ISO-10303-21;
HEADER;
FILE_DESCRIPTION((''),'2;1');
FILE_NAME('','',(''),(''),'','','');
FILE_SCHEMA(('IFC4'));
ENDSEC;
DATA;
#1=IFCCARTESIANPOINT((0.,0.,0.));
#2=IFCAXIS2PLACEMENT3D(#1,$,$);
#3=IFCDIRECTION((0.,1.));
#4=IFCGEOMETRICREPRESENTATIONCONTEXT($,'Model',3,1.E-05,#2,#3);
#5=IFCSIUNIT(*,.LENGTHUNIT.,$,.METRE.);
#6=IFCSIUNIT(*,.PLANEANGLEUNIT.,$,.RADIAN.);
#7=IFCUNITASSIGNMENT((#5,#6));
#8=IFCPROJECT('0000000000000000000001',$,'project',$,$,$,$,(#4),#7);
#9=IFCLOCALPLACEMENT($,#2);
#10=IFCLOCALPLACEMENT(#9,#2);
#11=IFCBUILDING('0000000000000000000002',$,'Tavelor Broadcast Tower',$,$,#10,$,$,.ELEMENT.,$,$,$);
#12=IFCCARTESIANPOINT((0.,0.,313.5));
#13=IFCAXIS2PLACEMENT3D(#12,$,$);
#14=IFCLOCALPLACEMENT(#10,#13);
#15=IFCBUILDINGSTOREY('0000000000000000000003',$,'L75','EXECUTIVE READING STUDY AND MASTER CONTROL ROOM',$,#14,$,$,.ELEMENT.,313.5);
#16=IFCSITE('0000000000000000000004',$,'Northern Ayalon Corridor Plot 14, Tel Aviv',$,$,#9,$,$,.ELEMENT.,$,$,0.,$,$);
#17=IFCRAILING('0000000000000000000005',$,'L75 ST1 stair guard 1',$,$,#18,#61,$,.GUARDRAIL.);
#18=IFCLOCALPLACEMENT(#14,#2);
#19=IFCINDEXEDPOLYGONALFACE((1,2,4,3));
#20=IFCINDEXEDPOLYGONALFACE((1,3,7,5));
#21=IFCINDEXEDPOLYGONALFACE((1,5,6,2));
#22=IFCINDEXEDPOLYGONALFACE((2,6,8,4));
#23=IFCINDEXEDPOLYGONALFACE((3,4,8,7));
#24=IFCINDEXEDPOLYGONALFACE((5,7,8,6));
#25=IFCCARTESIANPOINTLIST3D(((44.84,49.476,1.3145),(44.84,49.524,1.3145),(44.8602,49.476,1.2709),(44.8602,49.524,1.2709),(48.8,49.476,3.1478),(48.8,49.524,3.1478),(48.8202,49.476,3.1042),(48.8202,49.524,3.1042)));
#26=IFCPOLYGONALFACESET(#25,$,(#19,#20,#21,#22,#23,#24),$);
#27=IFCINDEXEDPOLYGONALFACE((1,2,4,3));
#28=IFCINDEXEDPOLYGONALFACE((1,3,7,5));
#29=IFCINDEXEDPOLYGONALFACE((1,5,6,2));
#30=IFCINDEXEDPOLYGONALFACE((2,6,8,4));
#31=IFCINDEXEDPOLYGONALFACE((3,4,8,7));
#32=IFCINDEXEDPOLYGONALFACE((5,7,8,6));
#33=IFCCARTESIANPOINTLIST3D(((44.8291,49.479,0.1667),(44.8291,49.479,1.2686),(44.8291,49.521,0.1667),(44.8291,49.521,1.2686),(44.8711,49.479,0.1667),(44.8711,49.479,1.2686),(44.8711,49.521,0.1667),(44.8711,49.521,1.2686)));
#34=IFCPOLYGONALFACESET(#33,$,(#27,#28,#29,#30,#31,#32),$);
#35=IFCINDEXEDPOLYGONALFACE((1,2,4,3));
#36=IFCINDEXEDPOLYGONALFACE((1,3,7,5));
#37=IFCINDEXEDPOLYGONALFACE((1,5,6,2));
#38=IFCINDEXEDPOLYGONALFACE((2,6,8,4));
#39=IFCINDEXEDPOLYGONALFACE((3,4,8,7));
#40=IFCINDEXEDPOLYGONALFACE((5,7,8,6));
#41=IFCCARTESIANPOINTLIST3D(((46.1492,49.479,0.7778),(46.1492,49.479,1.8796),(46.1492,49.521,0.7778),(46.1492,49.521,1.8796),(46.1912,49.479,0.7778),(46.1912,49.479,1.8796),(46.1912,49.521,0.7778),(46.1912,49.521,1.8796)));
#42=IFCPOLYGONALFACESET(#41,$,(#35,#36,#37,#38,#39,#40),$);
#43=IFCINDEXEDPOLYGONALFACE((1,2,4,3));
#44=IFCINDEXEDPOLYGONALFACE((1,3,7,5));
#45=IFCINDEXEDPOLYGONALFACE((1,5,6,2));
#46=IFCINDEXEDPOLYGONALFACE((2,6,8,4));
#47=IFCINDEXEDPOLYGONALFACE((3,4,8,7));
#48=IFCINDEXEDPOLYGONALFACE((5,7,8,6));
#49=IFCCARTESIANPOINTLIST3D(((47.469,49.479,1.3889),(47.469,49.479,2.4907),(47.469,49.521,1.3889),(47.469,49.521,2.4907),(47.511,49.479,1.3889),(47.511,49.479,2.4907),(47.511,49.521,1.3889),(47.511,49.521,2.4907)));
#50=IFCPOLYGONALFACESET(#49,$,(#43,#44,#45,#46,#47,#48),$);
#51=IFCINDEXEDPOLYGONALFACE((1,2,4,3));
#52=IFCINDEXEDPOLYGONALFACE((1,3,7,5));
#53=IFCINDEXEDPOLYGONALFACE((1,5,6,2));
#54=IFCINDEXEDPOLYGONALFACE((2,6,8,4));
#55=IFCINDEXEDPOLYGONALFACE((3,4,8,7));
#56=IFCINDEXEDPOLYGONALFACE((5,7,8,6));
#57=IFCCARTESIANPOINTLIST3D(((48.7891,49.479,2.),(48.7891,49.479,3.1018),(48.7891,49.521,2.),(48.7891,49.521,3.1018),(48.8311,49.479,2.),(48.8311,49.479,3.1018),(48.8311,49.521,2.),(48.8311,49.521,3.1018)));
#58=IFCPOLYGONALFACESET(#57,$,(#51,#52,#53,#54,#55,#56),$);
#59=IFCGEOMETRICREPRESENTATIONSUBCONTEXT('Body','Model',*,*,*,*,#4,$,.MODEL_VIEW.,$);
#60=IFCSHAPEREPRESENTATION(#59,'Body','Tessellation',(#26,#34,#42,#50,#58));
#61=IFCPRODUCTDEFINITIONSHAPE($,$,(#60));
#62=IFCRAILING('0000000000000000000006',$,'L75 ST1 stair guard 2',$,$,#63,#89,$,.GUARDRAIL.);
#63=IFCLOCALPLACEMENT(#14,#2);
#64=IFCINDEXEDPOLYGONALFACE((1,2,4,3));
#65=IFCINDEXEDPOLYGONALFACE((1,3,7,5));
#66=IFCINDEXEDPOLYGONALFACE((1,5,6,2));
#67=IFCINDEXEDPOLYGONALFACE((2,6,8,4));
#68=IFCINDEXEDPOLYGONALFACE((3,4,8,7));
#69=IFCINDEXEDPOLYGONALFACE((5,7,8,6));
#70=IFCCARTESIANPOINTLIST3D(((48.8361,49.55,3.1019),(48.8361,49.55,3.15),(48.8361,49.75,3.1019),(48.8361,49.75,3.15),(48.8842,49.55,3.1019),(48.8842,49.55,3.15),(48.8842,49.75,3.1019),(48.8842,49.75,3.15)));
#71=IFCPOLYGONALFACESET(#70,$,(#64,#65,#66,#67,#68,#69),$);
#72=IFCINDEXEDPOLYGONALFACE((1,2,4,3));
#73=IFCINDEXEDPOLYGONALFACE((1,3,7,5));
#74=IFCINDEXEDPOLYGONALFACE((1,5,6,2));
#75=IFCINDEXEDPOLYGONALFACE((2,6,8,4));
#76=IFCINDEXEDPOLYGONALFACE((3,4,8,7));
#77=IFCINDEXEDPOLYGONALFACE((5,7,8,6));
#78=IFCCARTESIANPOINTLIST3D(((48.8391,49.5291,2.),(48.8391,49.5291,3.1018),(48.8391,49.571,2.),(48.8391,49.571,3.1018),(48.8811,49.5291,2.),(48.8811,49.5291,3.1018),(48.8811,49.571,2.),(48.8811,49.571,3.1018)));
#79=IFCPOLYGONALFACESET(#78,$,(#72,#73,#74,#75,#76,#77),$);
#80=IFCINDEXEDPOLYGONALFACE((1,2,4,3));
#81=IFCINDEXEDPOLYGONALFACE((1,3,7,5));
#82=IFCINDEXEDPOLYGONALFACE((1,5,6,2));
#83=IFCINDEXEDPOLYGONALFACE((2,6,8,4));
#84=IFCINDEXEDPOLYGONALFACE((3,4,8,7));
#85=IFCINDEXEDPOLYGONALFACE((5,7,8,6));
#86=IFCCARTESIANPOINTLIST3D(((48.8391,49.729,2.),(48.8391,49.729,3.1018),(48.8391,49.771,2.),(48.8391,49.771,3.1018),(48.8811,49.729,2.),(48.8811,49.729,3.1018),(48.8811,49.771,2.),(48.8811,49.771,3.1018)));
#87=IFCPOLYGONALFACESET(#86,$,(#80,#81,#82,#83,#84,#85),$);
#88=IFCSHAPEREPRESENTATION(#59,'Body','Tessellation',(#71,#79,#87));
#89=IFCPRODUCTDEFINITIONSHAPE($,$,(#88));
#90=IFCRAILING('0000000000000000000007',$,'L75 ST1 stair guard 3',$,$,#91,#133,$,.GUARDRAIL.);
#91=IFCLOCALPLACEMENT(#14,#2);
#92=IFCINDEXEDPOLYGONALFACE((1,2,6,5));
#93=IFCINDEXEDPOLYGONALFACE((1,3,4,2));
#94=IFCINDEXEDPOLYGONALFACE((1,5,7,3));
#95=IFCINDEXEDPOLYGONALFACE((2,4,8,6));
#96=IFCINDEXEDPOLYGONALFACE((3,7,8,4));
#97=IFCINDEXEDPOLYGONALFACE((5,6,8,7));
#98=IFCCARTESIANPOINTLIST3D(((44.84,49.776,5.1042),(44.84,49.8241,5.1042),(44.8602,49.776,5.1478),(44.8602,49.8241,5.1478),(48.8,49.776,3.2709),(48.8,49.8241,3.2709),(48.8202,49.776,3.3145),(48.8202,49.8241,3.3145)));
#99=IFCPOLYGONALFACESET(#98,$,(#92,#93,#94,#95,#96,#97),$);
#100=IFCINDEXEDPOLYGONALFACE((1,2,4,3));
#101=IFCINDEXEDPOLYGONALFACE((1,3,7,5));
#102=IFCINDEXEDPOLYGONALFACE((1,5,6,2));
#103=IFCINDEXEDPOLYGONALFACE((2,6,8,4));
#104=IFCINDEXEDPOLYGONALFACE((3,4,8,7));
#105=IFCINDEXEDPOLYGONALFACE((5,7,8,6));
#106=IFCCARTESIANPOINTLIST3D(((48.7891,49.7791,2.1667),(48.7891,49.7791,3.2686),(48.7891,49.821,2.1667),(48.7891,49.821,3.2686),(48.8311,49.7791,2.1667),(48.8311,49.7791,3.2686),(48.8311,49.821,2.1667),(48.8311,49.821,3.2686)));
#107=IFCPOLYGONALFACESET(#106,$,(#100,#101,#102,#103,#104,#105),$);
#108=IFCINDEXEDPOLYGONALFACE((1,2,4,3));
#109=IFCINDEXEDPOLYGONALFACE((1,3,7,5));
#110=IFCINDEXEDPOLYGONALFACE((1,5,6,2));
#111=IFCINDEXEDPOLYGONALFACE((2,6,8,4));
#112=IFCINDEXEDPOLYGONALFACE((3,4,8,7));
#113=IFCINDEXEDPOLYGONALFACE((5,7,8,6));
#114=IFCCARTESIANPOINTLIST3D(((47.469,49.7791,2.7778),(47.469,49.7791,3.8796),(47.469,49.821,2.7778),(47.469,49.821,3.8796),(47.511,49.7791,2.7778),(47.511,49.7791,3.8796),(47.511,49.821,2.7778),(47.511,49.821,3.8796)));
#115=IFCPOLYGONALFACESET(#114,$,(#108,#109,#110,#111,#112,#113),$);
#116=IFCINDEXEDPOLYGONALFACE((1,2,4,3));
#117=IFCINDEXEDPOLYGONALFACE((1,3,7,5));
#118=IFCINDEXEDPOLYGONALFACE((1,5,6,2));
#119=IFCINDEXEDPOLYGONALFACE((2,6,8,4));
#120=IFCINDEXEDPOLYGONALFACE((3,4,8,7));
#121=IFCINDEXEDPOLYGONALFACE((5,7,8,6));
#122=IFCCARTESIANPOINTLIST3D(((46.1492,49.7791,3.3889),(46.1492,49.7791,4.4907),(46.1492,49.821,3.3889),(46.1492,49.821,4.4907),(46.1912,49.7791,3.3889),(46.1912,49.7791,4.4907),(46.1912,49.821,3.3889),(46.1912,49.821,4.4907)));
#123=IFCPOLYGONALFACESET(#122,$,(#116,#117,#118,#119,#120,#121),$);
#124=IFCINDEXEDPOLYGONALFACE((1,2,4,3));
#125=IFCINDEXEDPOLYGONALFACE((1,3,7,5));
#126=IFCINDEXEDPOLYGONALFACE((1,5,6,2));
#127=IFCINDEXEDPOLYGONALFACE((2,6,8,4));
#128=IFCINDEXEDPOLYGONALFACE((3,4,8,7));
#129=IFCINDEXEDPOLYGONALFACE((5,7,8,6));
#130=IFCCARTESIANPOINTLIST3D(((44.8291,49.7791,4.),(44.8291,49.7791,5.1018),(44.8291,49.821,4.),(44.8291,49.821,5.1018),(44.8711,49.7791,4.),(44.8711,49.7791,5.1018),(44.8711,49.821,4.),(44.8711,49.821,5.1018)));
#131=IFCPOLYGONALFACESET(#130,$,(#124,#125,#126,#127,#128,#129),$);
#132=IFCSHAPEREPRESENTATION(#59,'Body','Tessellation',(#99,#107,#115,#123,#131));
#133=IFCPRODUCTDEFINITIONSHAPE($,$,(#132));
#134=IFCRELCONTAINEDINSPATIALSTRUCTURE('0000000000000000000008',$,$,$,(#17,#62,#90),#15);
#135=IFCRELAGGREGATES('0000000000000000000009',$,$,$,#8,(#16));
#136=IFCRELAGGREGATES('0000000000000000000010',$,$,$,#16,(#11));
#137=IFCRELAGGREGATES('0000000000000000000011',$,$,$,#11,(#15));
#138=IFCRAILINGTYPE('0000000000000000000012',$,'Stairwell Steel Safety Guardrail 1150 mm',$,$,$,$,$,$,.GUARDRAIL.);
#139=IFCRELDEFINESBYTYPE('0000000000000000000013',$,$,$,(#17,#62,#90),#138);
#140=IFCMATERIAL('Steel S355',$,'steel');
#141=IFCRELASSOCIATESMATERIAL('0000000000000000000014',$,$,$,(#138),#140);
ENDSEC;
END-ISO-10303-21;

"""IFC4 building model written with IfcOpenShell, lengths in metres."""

from ifc_helpers import new_model, si_unit, direction, frame, origin, origin_2d, place, context, subcontext, project, spatial, rectangle, extrude, material, type_object, element, save


model = new_model("IFC4")

# Units and contexts
model_context = context("Model", 3, precision=1e-05, world=origin(), true_north=direction((0.0, 1.0)))
body_context = subcontext(model_context, "Body", "Model", "MODEL_VIEW")
ifc_project = project(units=[si_unit("LENGTHUNIT", "METRE"), si_unit("PLANEANGLEUNIT", "RADIAN")], contexts=[model_context])

# Site, building, storey
site_placement = place(None, origin())
site = spatial("IfcSite", under=ifc_project, at=site_placement, Name="Northern Ayalon Corridor Plot 14, Tel Aviv", CompositionType="ELEMENT", RefElevation=0.0)
building_placement = place(site_placement, origin())
building = spatial("IfcBuilding", under=site, at=building_placement, Name="Tavelor Broadcast Tower", CompositionType="ELEMENT")
storey_placement = place(building_placement, frame((0.0, 0.0, 313.5)))
storey = spatial("IfcBuildingStorey", under=building, at=storey_placement, Name="L75", Description="EXECUTIVE READING STUDY AND MASTER CONTROL ROOM", CompositionType="ELEMENT", Elevation=313.5)

# Shared definitions
ifc_material_1 = material(Name="Steel S355", Category="steel")

# Railings
railing_type_1 = type_object("IfcRailingType", Name="Stairwell Steel Safety Guardrail 1150 mm", PredefinedType="GUARDRAIL", material=ifc_material_1)
railing_1_placement = place(storey_placement, frame((44.8501, 49.5, 0.1667)))
element("IfcRailing", 1, at=railing_1_placement, inside=storey, type_object=railing_type_1, Name="L75 ST1 stair guard 1", PredefinedType="GUARDRAIL", context=body_context, shape_type="SweptSolid", body=[
    extrude(rectangle(XDim=0.0481, YDim=0.0481, at=origin_2d()), frame((0.0, 0.0, 1.126), z_axis=(0.907472, 0.0, 0.420112), x_axis=(0.0, 1.0, 0.0)), (0.0, 0.0, 1.0), 4.3638),
    extrude(rectangle(XDim=0.042, YDim=0.042, at=origin_2d()), origin(), (0.0, 0.0, 1.0), 1.1018),
    extrude(rectangle(XDim=0.042, YDim=0.042, at=origin_2d()), frame((1.3201, 0.0, 0.6111)), (0.0, 0.0, 1.0), 1.1018),
    extrude(rectangle(XDim=0.042, YDim=0.042, at=origin_2d()), frame((2.6399, 0.0, 1.2222)), (0.0, 0.0, 1.0), 1.1018),
    extrude(rectangle(XDim=0.042, YDim=0.042, at=origin_2d()), frame((3.96, 0.0, 1.8333)), (0.0, 0.0, 1.0), 1.1018),
])
railing_2_placement = place(storey_placement, frame((48.8601, 49.55, 2.0)))
element("IfcRailing", 2, at=railing_2_placement, inside=storey, type_object=railing_type_1, Name="L75 ST1 stair guard 2", PredefinedType="GUARDRAIL", context=body_context, shape_type="SweptSolid", body=[
    extrude(rectangle(XDim=0.0481, YDim=0.0481, at=origin_2d()), frame((0.0, 0.0, 1.126), z_axis=(0.0, 1.0, 0.0), x_axis=(-1.0, 0.0, 0.0)), (0.0, 0.0, 1.0), 0.2),
    extrude(rectangle(XDim=0.042, YDim=0.042, at=origin_2d()), origin(), (0.0, 0.0, 1.0), 1.1018),
    extrude(rectangle(XDim=0.042, YDim=0.042, at=origin_2d()), frame((0.0, 0.2, 0.0)), (0.0, 0.0, 1.0), 1.1018),
])
railing_3_placement = place(storey_placement, frame((48.8101, 49.8, 2.1667)))
element("IfcRailing", 3, at=railing_3_placement, inside=storey, type_object=railing_type_1, Name="L75 ST1 stair guard 3", PredefinedType="GUARDRAIL", context=body_context, shape_type="SweptSolid", body=[
    extrude(rectangle(XDim=0.0481, YDim=0.0481, at=origin_2d()), frame((0.0, 0.0, 1.126), z_axis=(-0.907472, 0.0, 0.420112), x_axis=(0.0, -1.0, 0.0)), (0.0, 0.0, 1.0), 4.3638),
    extrude(rectangle(XDim=0.042, YDim=0.042, at=origin_2d()), origin(), (0.0, 0.0, 1.0), 1.1018),
    extrude(rectangle(XDim=0.042, YDim=0.042, at=origin_2d()), frame((-1.3201, 0.0, 0.6111)), (0.0, 0.0, 1.0), 1.1018),
    extrude(rectangle(XDim=0.042, YDim=0.042, at=origin_2d()), frame((-2.6399, 0.0, 1.2222)), (0.0, 0.0, 1.0), 1.1018),
    extrude(rectangle(XDim=0.042, YDim=0.042, at=origin_2d()), frame((-3.96, 0.0, 1.8333)), (0.0, 0.0, 1.0), 1.1018),
])

save(model, "model.ifc")
